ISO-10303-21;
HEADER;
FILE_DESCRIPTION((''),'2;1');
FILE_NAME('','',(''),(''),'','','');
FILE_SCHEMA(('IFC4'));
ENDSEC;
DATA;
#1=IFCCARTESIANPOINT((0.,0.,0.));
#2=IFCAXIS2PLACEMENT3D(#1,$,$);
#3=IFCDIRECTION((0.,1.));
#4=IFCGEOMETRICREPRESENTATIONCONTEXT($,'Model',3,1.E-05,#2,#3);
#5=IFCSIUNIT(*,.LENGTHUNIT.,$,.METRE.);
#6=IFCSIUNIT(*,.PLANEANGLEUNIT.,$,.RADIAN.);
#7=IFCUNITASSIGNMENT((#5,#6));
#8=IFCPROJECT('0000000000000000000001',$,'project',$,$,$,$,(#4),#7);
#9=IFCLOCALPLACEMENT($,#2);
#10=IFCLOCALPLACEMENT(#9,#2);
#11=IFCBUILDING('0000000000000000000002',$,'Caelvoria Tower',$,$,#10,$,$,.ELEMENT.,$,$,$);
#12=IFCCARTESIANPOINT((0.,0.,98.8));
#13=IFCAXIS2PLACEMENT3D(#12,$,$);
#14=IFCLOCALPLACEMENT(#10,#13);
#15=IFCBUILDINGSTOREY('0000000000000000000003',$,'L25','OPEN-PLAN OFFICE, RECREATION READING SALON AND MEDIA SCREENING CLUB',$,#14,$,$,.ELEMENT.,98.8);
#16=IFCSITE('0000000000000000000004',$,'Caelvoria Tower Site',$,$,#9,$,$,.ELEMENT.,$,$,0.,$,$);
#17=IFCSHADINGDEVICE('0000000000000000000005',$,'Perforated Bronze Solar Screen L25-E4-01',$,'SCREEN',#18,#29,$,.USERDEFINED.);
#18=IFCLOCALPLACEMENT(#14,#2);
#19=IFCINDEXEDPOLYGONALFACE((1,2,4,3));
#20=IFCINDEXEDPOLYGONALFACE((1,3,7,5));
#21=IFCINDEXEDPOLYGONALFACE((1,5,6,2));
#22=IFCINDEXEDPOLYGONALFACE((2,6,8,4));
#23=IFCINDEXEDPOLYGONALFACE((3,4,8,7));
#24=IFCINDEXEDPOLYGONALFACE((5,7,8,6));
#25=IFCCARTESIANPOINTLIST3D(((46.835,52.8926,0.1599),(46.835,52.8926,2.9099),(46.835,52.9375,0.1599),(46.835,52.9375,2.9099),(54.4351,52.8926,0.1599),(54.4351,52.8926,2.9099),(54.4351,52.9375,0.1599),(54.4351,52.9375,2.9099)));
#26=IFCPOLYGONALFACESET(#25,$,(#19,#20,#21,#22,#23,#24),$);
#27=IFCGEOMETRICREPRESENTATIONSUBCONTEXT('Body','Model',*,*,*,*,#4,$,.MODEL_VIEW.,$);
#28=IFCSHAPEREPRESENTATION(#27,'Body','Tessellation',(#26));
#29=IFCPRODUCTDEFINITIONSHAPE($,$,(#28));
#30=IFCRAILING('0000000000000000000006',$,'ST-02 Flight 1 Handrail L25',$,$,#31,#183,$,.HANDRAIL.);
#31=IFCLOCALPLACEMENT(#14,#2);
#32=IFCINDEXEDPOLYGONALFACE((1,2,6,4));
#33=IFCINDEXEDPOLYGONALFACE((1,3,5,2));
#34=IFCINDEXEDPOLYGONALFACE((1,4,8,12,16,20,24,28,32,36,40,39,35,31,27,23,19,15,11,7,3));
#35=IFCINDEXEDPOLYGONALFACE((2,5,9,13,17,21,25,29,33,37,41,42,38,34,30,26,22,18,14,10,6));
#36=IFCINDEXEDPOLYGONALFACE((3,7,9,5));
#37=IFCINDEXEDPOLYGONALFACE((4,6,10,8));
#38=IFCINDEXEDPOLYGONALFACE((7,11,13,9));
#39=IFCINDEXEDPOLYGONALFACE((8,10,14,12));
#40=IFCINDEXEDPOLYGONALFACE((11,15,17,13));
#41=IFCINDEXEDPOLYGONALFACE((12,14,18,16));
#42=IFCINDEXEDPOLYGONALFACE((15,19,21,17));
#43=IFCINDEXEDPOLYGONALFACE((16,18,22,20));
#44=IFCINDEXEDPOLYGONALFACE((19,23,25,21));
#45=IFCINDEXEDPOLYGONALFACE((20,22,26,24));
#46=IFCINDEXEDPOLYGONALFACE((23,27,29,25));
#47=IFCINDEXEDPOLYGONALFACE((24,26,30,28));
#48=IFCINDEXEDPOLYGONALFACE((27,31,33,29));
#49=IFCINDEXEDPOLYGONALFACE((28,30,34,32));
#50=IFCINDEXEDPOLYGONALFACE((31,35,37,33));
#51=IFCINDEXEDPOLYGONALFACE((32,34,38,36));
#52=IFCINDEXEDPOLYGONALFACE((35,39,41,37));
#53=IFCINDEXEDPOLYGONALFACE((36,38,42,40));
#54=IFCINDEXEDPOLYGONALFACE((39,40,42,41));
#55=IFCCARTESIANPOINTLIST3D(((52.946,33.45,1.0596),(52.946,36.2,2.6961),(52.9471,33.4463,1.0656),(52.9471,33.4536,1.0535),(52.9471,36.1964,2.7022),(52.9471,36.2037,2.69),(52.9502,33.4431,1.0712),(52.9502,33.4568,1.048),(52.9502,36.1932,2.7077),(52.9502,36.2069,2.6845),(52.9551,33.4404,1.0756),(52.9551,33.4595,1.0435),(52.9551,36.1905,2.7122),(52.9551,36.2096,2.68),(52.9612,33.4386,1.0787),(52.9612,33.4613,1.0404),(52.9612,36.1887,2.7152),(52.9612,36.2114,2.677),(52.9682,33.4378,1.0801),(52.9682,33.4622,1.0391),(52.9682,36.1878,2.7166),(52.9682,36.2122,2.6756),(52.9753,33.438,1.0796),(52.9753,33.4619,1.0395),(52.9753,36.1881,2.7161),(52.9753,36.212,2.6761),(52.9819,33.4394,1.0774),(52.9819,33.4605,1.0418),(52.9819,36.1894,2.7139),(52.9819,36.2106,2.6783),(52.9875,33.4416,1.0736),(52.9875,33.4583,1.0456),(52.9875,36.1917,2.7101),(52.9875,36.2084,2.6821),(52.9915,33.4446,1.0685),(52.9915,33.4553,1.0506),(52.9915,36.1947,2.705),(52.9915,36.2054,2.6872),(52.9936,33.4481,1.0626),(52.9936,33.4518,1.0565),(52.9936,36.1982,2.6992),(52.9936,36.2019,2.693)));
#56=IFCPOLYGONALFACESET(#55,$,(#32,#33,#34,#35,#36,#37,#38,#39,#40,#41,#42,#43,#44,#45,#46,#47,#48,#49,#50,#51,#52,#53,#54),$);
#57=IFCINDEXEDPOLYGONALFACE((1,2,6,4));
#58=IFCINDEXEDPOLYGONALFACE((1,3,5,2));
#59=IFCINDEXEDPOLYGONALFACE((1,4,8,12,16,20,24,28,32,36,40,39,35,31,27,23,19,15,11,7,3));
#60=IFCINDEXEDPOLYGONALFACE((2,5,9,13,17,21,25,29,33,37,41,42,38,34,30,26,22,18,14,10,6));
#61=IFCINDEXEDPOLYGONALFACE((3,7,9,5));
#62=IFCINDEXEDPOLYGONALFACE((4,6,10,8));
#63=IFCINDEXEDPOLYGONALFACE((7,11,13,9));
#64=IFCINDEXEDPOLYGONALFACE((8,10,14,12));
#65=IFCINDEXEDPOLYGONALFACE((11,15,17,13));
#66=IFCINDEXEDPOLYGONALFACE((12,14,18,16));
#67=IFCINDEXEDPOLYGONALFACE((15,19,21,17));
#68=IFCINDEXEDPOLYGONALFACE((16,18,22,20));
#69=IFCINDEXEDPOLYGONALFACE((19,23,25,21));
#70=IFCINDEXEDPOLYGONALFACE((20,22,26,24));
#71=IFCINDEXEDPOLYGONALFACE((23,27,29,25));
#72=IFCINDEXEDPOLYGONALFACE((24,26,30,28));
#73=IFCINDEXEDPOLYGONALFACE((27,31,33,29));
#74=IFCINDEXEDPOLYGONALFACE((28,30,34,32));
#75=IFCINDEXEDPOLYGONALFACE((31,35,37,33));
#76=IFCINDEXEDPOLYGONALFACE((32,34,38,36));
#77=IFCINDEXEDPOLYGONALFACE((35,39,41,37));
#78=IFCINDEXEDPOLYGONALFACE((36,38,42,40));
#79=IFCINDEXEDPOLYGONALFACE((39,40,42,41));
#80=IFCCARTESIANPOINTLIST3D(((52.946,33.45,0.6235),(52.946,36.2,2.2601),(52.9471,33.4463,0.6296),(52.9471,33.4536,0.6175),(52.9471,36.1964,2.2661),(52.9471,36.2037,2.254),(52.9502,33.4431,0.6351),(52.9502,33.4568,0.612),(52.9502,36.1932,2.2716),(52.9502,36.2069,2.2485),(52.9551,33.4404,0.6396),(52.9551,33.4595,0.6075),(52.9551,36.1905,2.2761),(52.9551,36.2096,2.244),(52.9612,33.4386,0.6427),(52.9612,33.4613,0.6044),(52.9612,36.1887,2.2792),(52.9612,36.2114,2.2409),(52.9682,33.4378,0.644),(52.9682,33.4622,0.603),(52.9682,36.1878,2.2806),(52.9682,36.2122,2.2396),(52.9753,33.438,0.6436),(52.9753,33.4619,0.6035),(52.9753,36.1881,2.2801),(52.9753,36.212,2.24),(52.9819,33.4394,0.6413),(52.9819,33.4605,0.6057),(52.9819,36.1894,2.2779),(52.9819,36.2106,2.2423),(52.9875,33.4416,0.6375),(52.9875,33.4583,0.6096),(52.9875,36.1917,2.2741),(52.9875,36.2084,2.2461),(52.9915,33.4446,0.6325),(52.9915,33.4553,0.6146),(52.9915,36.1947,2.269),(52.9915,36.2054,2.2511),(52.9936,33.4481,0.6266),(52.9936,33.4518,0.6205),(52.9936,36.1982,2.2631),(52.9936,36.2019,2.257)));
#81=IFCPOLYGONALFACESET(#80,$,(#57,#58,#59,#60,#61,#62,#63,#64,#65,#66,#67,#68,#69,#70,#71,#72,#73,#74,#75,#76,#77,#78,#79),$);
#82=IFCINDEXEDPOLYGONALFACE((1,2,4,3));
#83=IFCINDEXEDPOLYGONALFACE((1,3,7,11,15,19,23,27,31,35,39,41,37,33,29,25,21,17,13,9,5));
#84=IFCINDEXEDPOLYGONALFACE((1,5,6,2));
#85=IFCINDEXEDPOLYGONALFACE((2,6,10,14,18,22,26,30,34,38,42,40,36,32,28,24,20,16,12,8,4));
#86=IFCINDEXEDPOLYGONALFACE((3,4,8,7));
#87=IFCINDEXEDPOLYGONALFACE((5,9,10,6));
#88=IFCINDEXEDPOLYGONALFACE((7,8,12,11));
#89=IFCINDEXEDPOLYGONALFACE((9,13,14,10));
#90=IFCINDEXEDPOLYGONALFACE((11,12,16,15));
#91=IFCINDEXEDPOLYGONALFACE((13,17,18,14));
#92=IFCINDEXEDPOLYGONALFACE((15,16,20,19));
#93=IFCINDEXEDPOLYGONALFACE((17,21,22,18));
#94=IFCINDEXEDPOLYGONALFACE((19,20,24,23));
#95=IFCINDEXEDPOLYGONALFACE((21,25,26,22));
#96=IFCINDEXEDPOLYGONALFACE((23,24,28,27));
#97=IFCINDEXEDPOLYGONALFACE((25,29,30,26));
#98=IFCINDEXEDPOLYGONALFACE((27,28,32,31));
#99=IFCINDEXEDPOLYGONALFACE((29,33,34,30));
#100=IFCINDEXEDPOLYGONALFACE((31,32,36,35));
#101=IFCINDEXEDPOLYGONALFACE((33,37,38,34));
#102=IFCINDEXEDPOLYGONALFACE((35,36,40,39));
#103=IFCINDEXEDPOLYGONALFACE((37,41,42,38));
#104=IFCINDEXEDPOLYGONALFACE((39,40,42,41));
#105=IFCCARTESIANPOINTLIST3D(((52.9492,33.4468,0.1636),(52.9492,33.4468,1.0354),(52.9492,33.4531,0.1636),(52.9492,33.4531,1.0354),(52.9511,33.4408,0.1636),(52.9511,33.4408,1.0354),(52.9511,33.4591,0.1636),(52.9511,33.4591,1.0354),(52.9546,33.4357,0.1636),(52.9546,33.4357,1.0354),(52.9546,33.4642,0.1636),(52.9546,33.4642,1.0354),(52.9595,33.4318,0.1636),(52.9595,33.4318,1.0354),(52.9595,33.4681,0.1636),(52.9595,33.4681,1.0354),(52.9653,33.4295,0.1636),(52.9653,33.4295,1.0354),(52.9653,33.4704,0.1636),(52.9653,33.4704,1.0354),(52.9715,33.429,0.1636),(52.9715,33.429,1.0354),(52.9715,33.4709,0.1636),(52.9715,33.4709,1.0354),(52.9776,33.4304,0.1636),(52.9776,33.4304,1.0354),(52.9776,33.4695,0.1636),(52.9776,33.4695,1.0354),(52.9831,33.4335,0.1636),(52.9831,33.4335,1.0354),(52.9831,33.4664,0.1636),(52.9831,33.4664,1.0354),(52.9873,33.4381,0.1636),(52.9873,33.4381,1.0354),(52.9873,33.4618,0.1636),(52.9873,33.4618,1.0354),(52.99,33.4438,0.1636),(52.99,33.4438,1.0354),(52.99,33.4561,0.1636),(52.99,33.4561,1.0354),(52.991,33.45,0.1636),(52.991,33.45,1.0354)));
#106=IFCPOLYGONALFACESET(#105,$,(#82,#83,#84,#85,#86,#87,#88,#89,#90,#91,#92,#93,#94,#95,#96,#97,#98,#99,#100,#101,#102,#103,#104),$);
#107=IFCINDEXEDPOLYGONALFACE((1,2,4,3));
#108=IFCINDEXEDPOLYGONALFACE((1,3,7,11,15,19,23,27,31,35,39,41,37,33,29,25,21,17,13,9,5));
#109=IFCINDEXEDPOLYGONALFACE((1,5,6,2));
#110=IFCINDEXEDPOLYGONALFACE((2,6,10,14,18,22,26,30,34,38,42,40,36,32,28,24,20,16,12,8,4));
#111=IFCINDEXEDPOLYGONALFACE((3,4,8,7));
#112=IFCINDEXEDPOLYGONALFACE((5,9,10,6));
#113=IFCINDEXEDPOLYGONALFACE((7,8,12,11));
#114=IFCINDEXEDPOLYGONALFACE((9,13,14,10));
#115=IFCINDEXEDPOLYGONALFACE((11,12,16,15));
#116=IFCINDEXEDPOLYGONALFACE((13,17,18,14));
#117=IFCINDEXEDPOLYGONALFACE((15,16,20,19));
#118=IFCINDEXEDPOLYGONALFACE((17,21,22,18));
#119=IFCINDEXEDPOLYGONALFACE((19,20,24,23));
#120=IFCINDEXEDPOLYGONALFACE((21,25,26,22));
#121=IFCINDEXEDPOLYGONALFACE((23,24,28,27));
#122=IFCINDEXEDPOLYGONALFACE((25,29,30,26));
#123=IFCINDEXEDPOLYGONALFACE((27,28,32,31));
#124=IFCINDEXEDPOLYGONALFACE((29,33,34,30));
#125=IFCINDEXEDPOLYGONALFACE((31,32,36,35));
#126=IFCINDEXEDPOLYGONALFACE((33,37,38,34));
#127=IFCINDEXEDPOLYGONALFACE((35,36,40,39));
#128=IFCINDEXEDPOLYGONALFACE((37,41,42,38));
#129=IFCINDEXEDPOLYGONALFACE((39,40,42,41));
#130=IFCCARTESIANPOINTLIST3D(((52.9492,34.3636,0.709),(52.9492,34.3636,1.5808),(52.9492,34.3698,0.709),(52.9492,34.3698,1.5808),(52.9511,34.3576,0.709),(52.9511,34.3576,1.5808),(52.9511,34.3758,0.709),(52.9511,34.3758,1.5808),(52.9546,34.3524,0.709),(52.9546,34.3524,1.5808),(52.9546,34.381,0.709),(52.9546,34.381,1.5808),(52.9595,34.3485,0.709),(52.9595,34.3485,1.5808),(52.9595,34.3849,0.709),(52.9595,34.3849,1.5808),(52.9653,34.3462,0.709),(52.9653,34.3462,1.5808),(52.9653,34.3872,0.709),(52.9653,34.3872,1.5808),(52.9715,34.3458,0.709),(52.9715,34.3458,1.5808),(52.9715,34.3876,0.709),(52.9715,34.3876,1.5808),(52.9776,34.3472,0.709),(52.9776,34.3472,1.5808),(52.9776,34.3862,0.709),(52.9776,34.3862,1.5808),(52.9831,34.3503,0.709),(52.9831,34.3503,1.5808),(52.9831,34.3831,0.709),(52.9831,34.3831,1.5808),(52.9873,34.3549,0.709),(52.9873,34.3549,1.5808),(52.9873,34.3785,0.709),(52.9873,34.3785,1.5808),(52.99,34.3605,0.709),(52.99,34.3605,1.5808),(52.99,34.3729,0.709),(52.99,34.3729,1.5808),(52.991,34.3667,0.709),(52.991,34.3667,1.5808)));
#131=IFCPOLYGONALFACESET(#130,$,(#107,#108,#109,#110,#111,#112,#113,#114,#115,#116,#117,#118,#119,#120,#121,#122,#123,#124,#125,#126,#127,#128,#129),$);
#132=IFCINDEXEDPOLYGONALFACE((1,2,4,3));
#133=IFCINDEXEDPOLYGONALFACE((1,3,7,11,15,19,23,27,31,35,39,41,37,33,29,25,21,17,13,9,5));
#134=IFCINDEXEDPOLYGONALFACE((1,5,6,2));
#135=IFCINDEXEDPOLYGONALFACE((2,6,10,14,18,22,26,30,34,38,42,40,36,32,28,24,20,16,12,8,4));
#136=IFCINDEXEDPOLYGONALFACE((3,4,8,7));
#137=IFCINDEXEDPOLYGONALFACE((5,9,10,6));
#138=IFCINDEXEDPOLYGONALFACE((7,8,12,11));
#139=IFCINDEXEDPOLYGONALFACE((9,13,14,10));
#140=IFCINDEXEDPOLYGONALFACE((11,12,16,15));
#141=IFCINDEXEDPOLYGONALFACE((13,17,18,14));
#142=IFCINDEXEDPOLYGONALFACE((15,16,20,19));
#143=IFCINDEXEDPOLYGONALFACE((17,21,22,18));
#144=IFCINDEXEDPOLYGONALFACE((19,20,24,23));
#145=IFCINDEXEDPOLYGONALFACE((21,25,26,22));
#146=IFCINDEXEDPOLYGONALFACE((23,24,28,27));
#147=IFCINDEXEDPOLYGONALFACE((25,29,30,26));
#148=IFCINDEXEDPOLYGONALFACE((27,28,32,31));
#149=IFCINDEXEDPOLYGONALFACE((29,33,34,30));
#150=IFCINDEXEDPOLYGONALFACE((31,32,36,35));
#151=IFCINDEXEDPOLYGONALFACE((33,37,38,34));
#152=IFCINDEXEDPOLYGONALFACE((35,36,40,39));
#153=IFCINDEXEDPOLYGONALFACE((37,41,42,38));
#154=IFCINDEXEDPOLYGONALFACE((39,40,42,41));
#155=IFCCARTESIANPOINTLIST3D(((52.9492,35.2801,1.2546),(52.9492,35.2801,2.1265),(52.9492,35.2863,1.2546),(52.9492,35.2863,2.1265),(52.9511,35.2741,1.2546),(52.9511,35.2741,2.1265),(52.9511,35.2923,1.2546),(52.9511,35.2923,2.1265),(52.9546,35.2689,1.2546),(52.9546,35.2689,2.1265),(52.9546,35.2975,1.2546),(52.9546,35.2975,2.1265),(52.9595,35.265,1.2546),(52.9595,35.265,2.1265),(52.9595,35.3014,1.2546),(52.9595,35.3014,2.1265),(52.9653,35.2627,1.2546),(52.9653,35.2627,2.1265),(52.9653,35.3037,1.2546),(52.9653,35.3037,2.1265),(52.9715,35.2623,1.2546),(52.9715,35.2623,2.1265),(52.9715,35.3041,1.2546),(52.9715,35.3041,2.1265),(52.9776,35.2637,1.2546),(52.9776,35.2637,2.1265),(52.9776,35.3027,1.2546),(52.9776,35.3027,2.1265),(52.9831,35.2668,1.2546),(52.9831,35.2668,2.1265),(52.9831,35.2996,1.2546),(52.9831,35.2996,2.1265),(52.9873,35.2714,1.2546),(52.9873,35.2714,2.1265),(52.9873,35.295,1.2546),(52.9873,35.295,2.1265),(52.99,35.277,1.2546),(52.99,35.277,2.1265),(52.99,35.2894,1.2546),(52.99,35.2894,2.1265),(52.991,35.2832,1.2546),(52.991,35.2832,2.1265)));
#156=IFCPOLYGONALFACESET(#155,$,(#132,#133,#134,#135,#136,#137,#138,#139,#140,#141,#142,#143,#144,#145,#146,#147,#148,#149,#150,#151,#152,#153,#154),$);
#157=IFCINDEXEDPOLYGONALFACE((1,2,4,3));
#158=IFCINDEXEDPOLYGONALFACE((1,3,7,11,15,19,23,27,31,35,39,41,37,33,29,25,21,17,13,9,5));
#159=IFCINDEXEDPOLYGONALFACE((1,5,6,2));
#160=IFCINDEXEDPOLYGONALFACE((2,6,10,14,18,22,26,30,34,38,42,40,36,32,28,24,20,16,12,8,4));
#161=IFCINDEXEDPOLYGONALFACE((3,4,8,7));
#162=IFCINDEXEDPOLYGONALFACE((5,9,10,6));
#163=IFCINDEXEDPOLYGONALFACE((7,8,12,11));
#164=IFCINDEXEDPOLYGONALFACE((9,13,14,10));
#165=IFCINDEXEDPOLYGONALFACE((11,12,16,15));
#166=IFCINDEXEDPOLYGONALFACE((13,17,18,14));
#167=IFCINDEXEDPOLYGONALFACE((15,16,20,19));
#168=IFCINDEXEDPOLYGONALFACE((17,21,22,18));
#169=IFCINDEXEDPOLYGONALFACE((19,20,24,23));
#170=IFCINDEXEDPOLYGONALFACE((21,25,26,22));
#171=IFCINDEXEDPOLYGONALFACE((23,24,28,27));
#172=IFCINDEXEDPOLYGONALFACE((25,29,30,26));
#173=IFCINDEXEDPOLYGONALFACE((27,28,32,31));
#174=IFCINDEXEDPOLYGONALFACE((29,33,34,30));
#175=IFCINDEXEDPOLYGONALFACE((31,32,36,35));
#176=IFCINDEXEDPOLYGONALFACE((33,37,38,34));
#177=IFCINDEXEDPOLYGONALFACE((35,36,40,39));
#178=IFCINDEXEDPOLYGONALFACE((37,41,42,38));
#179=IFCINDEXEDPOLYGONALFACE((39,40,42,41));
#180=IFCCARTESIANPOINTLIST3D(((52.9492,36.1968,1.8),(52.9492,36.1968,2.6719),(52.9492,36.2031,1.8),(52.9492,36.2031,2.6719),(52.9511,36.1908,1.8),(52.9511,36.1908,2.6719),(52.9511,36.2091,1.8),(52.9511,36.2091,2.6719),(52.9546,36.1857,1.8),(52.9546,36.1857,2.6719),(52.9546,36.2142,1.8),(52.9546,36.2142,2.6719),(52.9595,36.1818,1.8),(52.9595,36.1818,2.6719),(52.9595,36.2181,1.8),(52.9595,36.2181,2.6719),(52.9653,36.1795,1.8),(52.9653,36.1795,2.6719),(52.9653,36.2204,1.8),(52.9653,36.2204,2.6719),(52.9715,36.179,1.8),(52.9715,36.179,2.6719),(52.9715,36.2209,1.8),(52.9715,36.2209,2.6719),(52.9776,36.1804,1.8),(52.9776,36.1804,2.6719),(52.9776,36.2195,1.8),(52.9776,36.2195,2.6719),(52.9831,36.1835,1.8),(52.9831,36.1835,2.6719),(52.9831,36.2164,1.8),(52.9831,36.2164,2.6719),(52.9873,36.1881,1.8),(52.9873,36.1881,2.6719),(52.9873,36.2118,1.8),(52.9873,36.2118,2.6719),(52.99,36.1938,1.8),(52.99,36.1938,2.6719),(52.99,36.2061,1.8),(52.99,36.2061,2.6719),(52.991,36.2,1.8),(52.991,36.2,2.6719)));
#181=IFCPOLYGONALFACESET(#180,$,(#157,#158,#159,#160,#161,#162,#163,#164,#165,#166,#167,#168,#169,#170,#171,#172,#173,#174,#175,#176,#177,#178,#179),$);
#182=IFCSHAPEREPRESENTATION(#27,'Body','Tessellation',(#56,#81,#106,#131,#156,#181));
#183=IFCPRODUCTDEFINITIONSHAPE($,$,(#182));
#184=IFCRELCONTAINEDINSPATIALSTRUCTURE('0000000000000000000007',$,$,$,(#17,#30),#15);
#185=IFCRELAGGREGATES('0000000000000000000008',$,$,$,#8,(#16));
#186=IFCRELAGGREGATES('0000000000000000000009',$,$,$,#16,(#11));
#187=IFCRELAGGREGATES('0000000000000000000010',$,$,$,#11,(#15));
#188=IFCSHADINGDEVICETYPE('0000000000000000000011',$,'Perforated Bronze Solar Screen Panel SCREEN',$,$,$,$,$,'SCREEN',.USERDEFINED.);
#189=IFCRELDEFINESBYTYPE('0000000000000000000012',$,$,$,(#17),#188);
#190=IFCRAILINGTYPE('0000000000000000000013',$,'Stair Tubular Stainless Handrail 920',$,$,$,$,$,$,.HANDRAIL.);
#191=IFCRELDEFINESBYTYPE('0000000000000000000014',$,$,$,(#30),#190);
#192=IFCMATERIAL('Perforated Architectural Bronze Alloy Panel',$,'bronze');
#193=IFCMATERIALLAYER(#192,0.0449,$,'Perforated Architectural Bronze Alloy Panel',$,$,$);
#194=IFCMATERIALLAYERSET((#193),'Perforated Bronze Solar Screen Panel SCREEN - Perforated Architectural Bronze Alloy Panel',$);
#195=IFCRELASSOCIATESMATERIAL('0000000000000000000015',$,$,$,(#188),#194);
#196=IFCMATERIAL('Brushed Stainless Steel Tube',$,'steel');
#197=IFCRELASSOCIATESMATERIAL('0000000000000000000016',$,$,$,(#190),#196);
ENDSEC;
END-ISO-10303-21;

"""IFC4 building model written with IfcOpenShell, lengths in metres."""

from ifc_helpers import new_model, si_unit, direction, frame, origin, origin_2d, place, context, subcontext, project, spatial, rectangle, circle, extrude, material, layer, layer_set, type_object, element, save


model = new_model("IFC4")

# Units and contexts
model_context = context("Model", 3, precision=1e-05, world=origin(), true_north=direction((0.0, 1.0)))
body_context = subcontext(model_context, "Body", "Model", "MODEL_VIEW")
ifc_project = project(units=[si_unit("LENGTHUNIT", "METRE"), si_unit("PLANEANGLEUNIT", "RADIAN")], contexts=[model_context])

# Site, building, storey
site_placement = place(None, origin())
site = spatial("IfcSite", under=ifc_project, at=site_placement, Name="Caelvoria Tower Site", CompositionType="ELEMENT", RefElevation=0.0)
building_placement = place(site_placement, origin())
building = spatial("IfcBuilding", under=site, at=building_placement, Name="Caelvoria Tower", CompositionType="ELEMENT")
storey_placement = place(building_placement, frame((0.0, 0.0, 98.8)))
storey = spatial("IfcBuildingStorey", under=building, at=storey_placement, Name="L25", Description="OPEN-PLAN OFFICE, RECREATION READING SALON AND MEDIA SCREENING CLUB", CompositionType="ELEMENT", Elevation=98.8)

# Shading device
ifc_material_1 = material(Name="Perforated Architectural Bronze Alloy Panel", Category="bronze")
ifc_layer_1 = layer(ifc_material_1, 0.0449, Name="Perforated Architectural Bronze Alloy Panel")
ifc_layer_set_1 = layer_set([ifc_layer_1], Name="Perforated Bronze Solar Screen Panel SCREEN - Perforated Architectural Bronze Alloy Panel")
shading_device_type = type_object("IfcShadingDeviceType", Name="Perforated Bronze Solar Screen Panel SCREEN", ElementType="SCREEN", PredefinedType="USERDEFINED", material=ifc_layer_set_1)
shading_device_placement = place(storey_placement, frame((50.635, 52.915, 0.1599), z_axis=(0.0, 0.0, 1.0), x_axis=(-1.0, 0.0, 0.0)))
element("IfcShadingDevice", 1, at=shading_device_placement, inside=storey, type_object=shading_device_type, Name="Perforated Bronze Solar Screen L25-E4-01", ObjectType="SCREEN", PredefinedType="USERDEFINED", context=body_context, shape_type="SweptSolid", body=[
    extrude(rectangle(XDim=7.6001, YDim=0.0449, at=origin_2d()), origin(), (0.0, 0.0, 1.0), 2.75),
])

# Railing
ifc_material_2 = material(Name="Brushed Stainless Steel Tube", Category="steel")
railing_type_1 = type_object("IfcRailingType", Name="Stair Tubular Stainless Handrail 920", PredefinedType="HANDRAIL", material=ifc_material_2)
railing_1_placement = place(storey_placement, frame((52.97, 33.45, 0.1636)))
element("IfcRailing", 2, at=railing_1_placement, inside=storey, type_object=railing_type_1, Name="ST-02 Flight 1 Handrail L25", PredefinedType="HANDRAIL", context=body_context, shape_type="SweptSolid", body=[
    extrude(circle(Radius=0.0239, at=origin_2d()), frame((0.0, 0.0, 0.896), z_axis=(0.0, 0.859352, 0.511385), x_axis=(-1.0, 0.0, 0.0)), (0.0, 0.0, 1.0), 3.2002),
    extrude(circle(Radius=0.0239, at=origin_2d()), frame((0.0, 0.0, 0.46), z_axis=(0.0, 0.859352, 0.511385), x_axis=(-1.0, 0.0, 0.0)), (0.0, 0.0, 1.0), 3.2002),
    extrude(circle(Radius=0.021, at=origin_2d()), origin(), (0.0, 0.0, 1.0), 0.8718),
    extrude(circle(Radius=0.021, at=origin_2d()), frame((0.0, 0.9167, 0.5454)), (0.0, 0.0, 1.0), 0.8718),
    extrude(circle(Radius=0.021, at=origin_2d()), frame((0.0, 1.8333, 1.0911)), (0.0, 0.0, 1.0), 0.8718),
    extrude(circle(Radius=0.021, at=origin_2d()), frame((0.0, 2.75, 1.6365)), (0.0, 0.0, 1.0), 0.8718),
])

save(model, "model.ifc")
